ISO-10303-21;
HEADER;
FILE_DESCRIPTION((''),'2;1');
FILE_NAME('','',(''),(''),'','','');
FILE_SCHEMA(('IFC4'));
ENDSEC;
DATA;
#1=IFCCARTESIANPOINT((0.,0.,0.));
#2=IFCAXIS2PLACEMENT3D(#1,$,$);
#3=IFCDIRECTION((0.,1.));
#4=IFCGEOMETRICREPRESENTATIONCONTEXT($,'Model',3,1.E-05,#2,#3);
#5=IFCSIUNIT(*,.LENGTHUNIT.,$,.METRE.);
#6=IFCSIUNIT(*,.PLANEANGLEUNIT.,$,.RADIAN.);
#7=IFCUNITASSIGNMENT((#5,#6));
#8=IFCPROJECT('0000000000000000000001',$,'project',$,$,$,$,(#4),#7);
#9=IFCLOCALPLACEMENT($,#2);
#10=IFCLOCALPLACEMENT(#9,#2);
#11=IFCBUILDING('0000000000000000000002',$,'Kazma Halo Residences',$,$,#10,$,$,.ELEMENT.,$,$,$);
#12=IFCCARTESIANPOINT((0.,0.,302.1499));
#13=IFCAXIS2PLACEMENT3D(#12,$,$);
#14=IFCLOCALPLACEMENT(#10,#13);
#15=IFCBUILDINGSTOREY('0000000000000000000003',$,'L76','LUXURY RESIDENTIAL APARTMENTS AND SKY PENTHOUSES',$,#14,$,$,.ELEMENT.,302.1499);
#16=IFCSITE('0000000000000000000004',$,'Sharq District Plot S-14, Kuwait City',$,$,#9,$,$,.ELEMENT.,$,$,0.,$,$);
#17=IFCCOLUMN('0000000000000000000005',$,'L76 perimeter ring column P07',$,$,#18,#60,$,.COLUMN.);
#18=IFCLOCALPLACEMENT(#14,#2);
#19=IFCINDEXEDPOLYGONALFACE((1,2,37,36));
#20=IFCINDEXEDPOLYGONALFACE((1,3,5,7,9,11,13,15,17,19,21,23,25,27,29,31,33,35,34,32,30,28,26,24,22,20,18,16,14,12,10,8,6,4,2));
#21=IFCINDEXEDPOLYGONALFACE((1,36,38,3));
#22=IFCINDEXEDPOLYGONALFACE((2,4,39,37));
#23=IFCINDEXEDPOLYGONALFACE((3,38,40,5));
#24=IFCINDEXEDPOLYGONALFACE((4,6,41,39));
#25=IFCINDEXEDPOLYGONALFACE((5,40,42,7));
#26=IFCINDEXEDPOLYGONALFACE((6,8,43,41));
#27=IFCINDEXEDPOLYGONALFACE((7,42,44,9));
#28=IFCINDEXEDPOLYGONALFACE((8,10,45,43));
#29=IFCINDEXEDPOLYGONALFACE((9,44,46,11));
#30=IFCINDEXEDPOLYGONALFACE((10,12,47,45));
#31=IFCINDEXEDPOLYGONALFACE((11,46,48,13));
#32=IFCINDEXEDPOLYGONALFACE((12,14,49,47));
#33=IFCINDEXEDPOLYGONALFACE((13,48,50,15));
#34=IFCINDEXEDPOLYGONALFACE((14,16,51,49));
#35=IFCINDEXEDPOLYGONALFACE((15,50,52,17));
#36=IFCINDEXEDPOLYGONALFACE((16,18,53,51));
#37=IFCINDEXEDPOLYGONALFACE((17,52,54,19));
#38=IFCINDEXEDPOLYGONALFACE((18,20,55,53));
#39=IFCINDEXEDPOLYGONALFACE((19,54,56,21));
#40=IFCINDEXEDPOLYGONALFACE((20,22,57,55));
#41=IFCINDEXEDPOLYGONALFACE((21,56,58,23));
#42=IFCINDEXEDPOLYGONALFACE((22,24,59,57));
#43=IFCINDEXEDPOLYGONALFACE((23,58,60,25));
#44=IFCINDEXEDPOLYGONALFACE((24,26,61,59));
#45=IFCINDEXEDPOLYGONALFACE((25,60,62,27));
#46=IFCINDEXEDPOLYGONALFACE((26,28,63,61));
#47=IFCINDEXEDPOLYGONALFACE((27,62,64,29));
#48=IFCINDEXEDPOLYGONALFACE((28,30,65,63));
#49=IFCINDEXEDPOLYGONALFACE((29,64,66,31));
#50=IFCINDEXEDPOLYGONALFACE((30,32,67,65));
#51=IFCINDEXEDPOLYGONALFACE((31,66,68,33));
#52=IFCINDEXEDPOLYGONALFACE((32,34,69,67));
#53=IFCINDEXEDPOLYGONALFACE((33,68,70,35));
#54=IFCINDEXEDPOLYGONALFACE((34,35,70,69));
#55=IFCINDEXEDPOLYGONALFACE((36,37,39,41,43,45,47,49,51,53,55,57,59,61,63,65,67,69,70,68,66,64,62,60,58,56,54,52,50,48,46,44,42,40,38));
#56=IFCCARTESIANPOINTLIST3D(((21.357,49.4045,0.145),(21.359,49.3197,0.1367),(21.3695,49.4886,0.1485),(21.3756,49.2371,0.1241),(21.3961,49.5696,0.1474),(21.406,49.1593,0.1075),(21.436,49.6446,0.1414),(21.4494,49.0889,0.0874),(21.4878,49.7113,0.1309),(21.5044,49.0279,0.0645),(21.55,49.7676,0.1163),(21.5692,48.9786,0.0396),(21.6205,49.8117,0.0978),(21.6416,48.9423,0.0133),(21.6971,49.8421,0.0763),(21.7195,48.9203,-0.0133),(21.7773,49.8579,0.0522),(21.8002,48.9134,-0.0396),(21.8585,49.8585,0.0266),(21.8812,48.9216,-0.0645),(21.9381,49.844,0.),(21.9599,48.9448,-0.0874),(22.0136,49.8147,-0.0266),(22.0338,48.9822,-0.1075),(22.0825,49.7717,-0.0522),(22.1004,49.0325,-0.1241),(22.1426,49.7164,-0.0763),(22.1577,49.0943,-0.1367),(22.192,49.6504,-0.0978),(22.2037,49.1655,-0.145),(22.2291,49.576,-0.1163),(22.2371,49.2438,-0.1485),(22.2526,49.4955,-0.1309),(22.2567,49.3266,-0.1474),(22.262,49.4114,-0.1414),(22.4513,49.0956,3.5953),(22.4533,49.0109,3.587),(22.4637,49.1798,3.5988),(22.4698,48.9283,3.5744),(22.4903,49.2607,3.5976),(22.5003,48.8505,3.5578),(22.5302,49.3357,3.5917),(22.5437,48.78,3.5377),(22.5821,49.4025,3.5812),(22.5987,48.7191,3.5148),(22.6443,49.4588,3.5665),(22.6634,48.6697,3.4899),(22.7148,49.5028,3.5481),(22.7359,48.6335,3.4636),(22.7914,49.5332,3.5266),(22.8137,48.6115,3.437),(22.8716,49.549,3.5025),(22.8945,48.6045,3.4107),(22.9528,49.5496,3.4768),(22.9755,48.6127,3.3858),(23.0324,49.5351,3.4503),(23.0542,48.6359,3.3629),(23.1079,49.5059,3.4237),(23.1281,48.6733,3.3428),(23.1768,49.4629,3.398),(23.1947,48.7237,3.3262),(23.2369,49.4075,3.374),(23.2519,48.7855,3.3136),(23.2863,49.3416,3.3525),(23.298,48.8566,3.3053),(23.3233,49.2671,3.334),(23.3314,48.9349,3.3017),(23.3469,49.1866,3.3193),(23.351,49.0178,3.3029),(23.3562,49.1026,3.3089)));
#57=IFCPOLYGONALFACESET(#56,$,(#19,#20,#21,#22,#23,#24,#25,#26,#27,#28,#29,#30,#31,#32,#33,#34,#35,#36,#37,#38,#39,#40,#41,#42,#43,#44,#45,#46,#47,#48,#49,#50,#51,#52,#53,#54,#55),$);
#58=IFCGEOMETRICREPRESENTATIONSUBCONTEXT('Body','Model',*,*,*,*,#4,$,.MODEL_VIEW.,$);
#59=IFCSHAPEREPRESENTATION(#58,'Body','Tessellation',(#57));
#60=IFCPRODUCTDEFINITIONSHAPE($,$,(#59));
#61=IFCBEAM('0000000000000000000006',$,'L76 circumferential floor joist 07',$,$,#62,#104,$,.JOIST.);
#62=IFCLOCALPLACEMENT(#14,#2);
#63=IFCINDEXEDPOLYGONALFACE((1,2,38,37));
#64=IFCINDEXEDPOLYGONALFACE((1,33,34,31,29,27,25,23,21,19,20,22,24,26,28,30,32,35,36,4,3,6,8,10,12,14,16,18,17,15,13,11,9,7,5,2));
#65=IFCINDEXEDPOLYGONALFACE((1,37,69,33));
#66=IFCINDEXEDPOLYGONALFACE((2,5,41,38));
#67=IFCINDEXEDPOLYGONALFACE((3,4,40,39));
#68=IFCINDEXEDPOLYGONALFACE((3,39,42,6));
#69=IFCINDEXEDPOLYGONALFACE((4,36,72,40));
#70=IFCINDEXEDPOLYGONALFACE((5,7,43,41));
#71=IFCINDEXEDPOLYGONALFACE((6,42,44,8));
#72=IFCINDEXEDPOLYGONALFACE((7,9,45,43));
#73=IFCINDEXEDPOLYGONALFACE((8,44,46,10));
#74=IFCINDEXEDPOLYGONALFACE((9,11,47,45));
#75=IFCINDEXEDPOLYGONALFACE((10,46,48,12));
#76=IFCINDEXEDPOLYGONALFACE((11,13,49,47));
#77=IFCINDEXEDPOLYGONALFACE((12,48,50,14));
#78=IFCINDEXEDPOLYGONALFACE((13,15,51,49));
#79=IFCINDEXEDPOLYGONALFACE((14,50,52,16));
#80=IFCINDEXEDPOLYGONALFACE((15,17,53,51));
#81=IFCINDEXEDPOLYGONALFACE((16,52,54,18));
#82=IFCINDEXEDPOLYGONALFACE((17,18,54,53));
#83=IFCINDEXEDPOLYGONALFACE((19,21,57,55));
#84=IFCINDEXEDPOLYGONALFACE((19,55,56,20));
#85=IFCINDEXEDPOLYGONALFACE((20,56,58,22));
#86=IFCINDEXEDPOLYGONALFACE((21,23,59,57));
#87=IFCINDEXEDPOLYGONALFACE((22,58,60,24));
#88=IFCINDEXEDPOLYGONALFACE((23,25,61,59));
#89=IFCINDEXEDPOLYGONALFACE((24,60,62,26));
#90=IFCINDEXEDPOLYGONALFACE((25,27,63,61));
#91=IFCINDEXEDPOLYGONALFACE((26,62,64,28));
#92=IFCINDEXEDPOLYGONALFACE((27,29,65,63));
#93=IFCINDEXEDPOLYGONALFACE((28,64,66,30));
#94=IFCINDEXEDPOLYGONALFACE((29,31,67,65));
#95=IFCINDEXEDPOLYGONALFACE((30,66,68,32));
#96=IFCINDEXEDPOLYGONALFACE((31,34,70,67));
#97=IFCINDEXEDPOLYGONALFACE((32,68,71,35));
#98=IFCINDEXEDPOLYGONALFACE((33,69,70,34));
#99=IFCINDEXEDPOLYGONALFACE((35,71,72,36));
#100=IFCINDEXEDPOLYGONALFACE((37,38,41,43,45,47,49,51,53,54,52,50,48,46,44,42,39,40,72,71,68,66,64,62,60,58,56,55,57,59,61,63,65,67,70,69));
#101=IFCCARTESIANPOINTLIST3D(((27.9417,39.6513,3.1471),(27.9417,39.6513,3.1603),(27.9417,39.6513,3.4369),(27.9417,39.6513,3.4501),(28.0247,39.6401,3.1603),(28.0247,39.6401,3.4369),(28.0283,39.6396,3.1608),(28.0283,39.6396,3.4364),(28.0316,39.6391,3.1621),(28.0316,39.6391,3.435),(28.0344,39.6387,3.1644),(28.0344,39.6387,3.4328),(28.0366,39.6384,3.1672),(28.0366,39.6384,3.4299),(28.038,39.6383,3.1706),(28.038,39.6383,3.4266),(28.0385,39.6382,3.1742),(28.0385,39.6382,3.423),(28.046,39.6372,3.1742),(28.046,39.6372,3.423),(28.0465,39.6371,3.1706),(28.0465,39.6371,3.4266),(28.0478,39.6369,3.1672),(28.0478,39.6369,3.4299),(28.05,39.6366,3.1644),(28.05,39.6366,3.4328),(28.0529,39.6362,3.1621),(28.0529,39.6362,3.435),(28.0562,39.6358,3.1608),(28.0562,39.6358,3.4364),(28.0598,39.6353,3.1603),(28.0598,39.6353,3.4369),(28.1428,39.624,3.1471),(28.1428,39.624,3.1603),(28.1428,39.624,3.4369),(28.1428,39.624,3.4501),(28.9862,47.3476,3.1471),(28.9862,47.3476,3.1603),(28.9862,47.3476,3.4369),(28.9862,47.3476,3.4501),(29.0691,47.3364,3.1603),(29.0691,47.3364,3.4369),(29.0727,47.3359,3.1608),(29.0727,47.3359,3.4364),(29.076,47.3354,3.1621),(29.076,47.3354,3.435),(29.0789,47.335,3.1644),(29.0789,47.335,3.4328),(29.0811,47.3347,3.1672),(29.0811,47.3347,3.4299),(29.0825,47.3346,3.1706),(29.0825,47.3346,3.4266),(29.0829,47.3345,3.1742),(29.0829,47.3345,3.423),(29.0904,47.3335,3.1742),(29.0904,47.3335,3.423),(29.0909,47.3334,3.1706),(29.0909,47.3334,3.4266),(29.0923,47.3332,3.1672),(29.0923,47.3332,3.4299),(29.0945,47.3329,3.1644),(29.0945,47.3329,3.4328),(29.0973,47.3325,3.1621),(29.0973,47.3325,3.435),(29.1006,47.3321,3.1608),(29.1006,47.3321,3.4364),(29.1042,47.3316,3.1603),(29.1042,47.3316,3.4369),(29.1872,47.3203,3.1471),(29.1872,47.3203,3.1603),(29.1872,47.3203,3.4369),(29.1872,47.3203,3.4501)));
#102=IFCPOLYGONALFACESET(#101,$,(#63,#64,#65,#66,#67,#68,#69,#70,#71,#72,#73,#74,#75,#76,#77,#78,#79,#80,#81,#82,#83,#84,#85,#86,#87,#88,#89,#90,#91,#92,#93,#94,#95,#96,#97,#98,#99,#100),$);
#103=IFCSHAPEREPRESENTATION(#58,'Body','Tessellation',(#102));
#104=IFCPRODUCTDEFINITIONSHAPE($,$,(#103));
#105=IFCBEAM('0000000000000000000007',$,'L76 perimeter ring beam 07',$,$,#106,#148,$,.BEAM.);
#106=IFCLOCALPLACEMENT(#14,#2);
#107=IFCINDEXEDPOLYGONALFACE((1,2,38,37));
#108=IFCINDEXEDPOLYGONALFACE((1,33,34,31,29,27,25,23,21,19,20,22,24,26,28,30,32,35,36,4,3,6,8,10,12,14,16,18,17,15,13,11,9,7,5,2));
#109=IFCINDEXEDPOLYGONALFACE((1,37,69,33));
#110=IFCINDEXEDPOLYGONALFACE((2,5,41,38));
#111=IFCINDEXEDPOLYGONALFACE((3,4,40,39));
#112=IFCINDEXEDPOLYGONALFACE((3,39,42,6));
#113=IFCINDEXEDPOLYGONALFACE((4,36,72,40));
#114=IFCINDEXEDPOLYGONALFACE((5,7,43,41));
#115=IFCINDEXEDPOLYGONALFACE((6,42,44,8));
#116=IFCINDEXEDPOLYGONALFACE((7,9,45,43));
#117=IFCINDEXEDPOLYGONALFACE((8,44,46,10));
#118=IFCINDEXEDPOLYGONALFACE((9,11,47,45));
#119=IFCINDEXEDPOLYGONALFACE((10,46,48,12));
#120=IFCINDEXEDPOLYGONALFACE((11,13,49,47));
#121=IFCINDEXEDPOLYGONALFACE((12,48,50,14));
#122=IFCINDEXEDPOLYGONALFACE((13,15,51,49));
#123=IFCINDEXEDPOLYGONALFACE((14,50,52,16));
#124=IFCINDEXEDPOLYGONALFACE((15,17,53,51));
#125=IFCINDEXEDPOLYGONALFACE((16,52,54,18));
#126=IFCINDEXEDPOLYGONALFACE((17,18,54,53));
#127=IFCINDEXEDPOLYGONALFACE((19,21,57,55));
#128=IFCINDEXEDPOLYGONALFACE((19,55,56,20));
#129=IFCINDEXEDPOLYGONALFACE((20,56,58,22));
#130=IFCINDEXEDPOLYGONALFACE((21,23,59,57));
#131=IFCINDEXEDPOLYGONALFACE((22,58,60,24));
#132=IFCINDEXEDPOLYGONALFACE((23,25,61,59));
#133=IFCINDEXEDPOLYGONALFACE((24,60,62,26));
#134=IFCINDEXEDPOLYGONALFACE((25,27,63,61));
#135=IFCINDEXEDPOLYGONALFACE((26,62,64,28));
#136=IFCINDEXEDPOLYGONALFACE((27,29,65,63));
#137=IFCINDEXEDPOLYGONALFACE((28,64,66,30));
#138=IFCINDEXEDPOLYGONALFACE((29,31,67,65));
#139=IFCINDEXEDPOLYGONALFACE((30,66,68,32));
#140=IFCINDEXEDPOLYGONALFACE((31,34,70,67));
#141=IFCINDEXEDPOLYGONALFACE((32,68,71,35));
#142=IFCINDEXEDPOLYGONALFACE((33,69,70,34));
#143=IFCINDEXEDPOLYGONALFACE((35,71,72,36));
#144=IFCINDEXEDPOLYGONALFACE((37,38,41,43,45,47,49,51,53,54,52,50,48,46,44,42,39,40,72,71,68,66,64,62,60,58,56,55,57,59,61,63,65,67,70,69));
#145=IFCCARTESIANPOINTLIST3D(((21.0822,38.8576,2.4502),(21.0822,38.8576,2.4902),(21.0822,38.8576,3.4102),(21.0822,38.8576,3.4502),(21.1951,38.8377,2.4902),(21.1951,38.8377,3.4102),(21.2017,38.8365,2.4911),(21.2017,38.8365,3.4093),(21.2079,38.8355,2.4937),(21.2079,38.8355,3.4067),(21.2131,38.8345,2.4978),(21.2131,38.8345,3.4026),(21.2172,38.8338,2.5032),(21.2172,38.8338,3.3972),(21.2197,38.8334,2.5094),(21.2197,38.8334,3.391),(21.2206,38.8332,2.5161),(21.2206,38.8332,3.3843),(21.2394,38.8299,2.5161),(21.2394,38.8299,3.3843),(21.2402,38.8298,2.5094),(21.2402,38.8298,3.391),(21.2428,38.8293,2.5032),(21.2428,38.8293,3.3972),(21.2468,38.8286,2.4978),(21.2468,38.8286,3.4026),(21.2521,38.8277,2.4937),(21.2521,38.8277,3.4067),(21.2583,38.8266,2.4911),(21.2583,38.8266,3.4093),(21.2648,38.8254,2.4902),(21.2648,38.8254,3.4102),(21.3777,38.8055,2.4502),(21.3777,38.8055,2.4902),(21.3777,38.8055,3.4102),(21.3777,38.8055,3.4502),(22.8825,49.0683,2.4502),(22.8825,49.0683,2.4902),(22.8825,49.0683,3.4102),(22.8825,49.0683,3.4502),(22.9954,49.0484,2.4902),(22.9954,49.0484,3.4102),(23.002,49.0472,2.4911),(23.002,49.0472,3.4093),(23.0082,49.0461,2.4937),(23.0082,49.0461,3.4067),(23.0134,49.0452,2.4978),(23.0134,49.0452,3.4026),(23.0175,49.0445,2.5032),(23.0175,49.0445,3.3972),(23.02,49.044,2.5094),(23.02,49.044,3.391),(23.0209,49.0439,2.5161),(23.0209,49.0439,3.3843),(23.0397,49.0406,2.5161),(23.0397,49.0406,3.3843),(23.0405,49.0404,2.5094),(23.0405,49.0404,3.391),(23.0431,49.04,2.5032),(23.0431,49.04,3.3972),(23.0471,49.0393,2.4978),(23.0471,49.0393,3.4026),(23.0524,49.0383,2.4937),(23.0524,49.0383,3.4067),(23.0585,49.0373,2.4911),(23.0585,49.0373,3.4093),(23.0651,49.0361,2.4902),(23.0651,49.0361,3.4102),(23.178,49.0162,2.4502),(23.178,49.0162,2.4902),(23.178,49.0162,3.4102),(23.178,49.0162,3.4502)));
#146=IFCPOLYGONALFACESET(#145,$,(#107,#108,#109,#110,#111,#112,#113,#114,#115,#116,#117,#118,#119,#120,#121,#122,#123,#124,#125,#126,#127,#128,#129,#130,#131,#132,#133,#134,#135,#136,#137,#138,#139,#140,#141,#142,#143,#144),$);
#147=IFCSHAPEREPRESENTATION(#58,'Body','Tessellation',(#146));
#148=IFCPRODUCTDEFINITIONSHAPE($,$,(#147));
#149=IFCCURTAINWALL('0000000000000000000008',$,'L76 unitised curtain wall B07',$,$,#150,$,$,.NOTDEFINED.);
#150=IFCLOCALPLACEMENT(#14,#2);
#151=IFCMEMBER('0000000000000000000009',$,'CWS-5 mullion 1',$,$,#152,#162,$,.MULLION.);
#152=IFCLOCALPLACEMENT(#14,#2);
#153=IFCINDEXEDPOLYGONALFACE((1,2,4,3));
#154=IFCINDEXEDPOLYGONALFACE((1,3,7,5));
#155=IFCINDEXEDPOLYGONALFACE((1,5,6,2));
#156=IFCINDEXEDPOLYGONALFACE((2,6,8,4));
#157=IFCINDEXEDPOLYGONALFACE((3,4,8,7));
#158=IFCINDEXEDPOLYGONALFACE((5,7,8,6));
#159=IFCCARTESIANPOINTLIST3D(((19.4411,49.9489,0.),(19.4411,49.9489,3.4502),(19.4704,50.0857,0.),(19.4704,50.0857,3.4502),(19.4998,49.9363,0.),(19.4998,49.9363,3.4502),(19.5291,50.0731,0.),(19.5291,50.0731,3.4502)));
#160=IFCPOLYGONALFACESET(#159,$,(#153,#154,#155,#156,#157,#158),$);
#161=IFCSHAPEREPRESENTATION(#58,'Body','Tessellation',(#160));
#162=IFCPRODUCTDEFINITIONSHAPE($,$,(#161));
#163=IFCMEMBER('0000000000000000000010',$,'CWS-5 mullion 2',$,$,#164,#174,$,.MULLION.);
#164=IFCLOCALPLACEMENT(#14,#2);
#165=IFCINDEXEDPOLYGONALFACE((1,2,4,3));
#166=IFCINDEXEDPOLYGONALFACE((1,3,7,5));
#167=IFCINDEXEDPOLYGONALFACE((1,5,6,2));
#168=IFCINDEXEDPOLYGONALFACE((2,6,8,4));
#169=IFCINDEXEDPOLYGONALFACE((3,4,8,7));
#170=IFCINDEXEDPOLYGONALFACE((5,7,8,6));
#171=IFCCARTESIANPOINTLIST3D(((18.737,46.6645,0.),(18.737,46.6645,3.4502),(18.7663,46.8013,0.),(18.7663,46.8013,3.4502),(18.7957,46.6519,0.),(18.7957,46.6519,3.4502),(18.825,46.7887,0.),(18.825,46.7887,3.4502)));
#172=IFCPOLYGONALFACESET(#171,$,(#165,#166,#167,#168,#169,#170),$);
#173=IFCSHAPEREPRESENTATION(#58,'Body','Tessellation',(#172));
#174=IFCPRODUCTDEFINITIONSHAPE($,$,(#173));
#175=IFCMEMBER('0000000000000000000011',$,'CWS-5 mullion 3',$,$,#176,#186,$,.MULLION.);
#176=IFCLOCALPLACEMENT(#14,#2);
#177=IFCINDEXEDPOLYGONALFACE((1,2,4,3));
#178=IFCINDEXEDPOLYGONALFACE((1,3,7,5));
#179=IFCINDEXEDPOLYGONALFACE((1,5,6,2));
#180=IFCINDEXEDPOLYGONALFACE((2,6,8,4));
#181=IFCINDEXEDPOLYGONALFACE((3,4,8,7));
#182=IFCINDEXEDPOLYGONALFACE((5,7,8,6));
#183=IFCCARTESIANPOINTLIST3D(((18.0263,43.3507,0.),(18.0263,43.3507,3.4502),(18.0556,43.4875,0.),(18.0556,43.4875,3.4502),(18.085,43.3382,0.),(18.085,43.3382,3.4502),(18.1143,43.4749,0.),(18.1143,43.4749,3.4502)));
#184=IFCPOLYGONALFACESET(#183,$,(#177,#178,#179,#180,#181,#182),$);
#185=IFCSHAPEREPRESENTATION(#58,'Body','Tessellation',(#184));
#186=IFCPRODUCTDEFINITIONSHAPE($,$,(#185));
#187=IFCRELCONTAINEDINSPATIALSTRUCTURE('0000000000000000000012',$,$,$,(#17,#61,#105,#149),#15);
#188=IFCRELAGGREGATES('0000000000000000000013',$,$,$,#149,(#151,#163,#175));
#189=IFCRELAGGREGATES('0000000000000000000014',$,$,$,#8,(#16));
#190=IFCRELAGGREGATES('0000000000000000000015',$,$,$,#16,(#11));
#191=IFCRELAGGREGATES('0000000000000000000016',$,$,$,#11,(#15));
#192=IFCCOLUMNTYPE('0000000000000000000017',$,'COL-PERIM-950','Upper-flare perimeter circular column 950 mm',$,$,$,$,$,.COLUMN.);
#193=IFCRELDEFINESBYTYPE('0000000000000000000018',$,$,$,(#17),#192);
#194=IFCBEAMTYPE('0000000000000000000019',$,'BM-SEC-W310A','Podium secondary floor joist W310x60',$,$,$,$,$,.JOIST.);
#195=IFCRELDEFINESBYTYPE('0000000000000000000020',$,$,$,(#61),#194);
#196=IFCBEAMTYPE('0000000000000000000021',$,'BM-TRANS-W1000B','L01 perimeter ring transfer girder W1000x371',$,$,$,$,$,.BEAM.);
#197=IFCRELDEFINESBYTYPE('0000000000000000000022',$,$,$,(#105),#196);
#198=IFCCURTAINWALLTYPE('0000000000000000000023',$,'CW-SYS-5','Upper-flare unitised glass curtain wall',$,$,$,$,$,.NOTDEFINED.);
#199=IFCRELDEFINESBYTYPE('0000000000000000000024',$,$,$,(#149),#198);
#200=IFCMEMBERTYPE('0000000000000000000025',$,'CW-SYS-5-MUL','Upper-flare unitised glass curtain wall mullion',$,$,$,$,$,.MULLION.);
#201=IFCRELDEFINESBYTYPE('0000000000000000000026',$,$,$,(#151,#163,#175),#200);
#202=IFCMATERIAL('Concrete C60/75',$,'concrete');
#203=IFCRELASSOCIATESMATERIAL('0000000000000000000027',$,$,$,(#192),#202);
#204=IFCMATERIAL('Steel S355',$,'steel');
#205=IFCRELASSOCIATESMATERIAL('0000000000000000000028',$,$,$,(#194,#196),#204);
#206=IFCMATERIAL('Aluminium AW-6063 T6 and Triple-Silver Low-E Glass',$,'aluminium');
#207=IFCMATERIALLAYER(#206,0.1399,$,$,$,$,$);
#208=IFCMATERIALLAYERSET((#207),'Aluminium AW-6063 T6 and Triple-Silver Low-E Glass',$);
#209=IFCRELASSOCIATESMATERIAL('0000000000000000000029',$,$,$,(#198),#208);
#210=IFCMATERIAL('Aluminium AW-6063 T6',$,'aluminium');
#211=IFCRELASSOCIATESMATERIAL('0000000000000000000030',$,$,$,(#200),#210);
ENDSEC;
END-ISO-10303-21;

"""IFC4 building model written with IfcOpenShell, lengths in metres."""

from ifc_helpers import new_model, si_unit, direction, frame, origin, origin_2d, place, context, subcontext, project, spatial, rectangle, circle, i_section, extrude, material, layer, layer_set, material_profile, profile_set, type_object, element, aggregate, save


model = new_model("IFC4")

# Units and contexts
model_context = context("Model", 3, precision=1e-05, world=origin(), true_north=direction((0.0, 1.0)))
body_context = subcontext(model_context, "Body", "Model", "MODEL_VIEW")
ifc_project = project(units=[si_unit("LENGTHUNIT", "METRE"), si_unit("PLANEANGLEUNIT", "RADIAN")], contexts=[model_context])

# Site, building, storey
site_placement = place(None, origin())
site = spatial("IfcSite", under=ifc_project, at=site_placement, Name="Sharq District Plot S-14, Kuwait City", CompositionType="ELEMENT", RefElevation=0.0)
building_placement = place(site_placement, origin())
building = spatial("IfcBuilding", under=site, at=building_placement, Name="Kazma Halo Residences", CompositionType="ELEMENT")
storey_placement = place(building_placement, frame((0.0, 0.0, 302.1499)))
storey = spatial("IfcBuildingStorey", under=building, at=storey_placement, Name="L76", Description="LUXURY RESIDENTIAL APARTMENTS AND SKY PENTHOUSES", CompositionType="ELEMENT", Elevation=302.1499)

# Column
ifc_material_1 = material(Name="Concrete C60/75", Category="concrete")
ifc_material_profile_1 = material_profile(ifc_material_1, circle(Radius=0.4751, at=origin_2d()), Name="CIRC950")
ifc_profile_set_1 = profile_set([ifc_material_profile_1], Name="Concrete C60/75")
column_type = type_object("IfcColumnType", Name="COL-PERIM-950", Description="Upper-flare perimeter circular column 950 mm", PredefinedType="COLUMN", material=ifc_profile_set_1)
column_placement = place(storey_placement, frame((21.8091, 49.3867, 0.0), z_axis=(0.301218, -0.085016, 0.949758), x_axis=(0.271628, 0.962402, 0.0)))
element("IfcColumn", 1, at=column_placement, inside=storey, type_object=column_type, Name="L76 perimeter ring column P07", PredefinedType="COLUMN", context=body_context, shape_type="SweptSolid", body=[
    extrude(circle(Radius=0.4751, at=origin_2d()), origin(), (0.0, 0.0, 1.0), 3.6328),
])

# Beams
ifc_material_2 = material(Name="Steel S355", Category="steel")
ifc_material_profile_2 = material_profile(ifc_material_2, i_section(OverallWidth=0.2029, OverallDepth=0.303, WebThickness=0.0076, FlangeThickness=0.0132, FilletRadius=0.0139, at=origin_2d()), Name="W310x60")
ifc_profile_set_2 = profile_set([ifc_material_profile_2], Name="Steel S355")
beam_type_1 = type_object("IfcBeamType", Name="BM-SEC-W310A", Description="Podium secondary floor joist W310x60", PredefinedType="JOIST", material=ifc_profile_set_2)
beam_1_placement = place(storey_placement, frame((29.0867, 47.334, 3.2986), z_axis=(-0.134474, -0.990917, 0.0), x_axis=(0.990917, -0.134474, 0.0)))
element("IfcBeam", 2, at=beam_1_placement, inside=storey, type_object=beam_type_1, Name="L76 circumferential floor joist 07", PredefinedType="JOIST", context=body_context, shape_type="SweptSolid", body=[
    extrude(i_section(OverallWidth=0.2029, OverallDepth=0.303, WebThickness=0.0076, FlangeThickness=0.0132, FilletRadius=0.0139, at=origin_2d()), origin(), (0.0, 0.0, 1.0), 7.7668),
])
ifc_material_profile_3 = material_profile(ifc_material_2, i_section(OverallWidth=0.3, OverallDepth=1.0, WebThickness=0.019, FlangeThickness=0.04, FilletRadius=0.0259, at=origin_2d()), Name="W1000x371")
ifc_profile_set_3 = profile_set([ifc_material_profile_3], Name="Steel S355")
beam_type_2 = type_object("IfcBeamType", Name="BM-TRANS-W1000B", Description="L01 perimeter ring transfer girder W1000x371", PredefinedType="BEAM", material=ifc_profile_set_3)
beam_2_placement = place(storey_placement, frame((23.0303, 49.0422, 2.9502), z_axis=(-0.173636, -0.98481, 0.0), x_axis=(0.98481, -0.173636, 0.0)))
element("IfcBeam", 3, at=beam_2_placement, inside=storey, type_object=beam_type_2, Name="L76 perimeter ring beam 07", PredefinedType="BEAM", context=body_context, shape_type="SweptSolid", body=[
    extrude(i_section(OverallWidth=0.3, OverallDepth=1.0, WebThickness=0.019, FlangeThickness=0.04, FilletRadius=0.0259, at=origin_2d()), origin(), (0.0, 0.0, 1.0), 10.3682),
])

# Curtain wall, members
ifc_material_3 = material(Name="Aluminium AW-6063 T6 and Triple-Silver Low-E Glass", Category="aluminium")
ifc_layer_1 = layer(ifc_material_3, 0.1399)
ifc_layer_set_1 = layer_set([ifc_layer_1], Name="Aluminium AW-6063 T6 and Triple-Silver Low-E Glass")
curtain_wall_type = type_object("IfcCurtainWallType", Name="CW-SYS-5", Description="Upper-flare unitised glass curtain wall", PredefinedType="NOTDEFINED", material=ifc_layer_set_1)
curtain_wall_placement = place(storey_placement, origin())
curtain_wall = element("IfcCurtainWall", 4, at=curtain_wall_placement, inside=storey, type_object=curtain_wall_type, Name="L76 unitised curtain wall B07", PredefinedType="NOTDEFINED")
ifc_material_4 = material(Name="Aluminium AW-6063 T6", Category="aluminium")
ifc_material_profile_4 = material_profile(ifc_material_4, rectangle(XDim=0.0601, YDim=0.1399, at=origin_2d()), Name="CWM-60x140")
ifc_profile_set_4 = profile_set([ifc_material_profile_4], Name="Aluminium AW-6063 T6")
member_type_1 = type_object("IfcMemberType", Name="CW-SYS-5-MUL", Description="Upper-flare unitised glass curtain wall mullion", PredefinedType="MULLION", material=ifc_profile_set_4)
member_1_placement = place(storey_placement, frame((19.4851, 50.011, 0.0), z_axis=(0.0, 0.0, 1.0), x_axis=(0.977775, -0.209657, 0.0)))
member_1 = element("IfcMember", 5, at=member_1_placement, type_object=member_type_1, Name="CWS-5 mullion 1", PredefinedType="MULLION", context=body_context, shape_type="SweptSolid", body=[
    extrude(rectangle(XDim=0.0601, YDim=0.1399, at=origin_2d()), origin(), (0.0, 0.0, 1.0), 3.4502),
])
member_2_placement = place(storey_placement, frame((18.781, 46.7266, 0.0), z_axis=(0.0, 0.0, 1.0), x_axis=(0.977775, -0.209657, 0.0)))
member_2 = element("IfcMember", 6, at=member_2_placement, type_object=member_type_1, Name="CWS-5 mullion 2", PredefinedType="MULLION", context=body_context, shape_type="SweptSolid", body=[
    extrude(rectangle(XDim=0.0601, YDim=0.1399, at=origin_2d()), origin(), (0.0, 0.0, 1.0), 3.4502),
])
member_3_placement = place(storey_placement, frame((18.0703, 43.4128, 0.0), z_axis=(0.0, 0.0, 1.0), x_axis=(0.977775, -0.209657, 0.0)))
member_3 = element("IfcMember", 7, at=member_3_placement, type_object=member_type_1, Name="CWS-5 mullion 3", PredefinedType="MULLION", context=body_context, shape_type="SweptSolid", body=[
    extrude(rectangle(XDim=0.0601, YDim=0.1399, at=origin_2d()), origin(), (0.0, 0.0, 1.0), 3.4502),
])
aggregate(curtain_wall, [member_1, member_2, member_3])

save(model, "model.ifc")
